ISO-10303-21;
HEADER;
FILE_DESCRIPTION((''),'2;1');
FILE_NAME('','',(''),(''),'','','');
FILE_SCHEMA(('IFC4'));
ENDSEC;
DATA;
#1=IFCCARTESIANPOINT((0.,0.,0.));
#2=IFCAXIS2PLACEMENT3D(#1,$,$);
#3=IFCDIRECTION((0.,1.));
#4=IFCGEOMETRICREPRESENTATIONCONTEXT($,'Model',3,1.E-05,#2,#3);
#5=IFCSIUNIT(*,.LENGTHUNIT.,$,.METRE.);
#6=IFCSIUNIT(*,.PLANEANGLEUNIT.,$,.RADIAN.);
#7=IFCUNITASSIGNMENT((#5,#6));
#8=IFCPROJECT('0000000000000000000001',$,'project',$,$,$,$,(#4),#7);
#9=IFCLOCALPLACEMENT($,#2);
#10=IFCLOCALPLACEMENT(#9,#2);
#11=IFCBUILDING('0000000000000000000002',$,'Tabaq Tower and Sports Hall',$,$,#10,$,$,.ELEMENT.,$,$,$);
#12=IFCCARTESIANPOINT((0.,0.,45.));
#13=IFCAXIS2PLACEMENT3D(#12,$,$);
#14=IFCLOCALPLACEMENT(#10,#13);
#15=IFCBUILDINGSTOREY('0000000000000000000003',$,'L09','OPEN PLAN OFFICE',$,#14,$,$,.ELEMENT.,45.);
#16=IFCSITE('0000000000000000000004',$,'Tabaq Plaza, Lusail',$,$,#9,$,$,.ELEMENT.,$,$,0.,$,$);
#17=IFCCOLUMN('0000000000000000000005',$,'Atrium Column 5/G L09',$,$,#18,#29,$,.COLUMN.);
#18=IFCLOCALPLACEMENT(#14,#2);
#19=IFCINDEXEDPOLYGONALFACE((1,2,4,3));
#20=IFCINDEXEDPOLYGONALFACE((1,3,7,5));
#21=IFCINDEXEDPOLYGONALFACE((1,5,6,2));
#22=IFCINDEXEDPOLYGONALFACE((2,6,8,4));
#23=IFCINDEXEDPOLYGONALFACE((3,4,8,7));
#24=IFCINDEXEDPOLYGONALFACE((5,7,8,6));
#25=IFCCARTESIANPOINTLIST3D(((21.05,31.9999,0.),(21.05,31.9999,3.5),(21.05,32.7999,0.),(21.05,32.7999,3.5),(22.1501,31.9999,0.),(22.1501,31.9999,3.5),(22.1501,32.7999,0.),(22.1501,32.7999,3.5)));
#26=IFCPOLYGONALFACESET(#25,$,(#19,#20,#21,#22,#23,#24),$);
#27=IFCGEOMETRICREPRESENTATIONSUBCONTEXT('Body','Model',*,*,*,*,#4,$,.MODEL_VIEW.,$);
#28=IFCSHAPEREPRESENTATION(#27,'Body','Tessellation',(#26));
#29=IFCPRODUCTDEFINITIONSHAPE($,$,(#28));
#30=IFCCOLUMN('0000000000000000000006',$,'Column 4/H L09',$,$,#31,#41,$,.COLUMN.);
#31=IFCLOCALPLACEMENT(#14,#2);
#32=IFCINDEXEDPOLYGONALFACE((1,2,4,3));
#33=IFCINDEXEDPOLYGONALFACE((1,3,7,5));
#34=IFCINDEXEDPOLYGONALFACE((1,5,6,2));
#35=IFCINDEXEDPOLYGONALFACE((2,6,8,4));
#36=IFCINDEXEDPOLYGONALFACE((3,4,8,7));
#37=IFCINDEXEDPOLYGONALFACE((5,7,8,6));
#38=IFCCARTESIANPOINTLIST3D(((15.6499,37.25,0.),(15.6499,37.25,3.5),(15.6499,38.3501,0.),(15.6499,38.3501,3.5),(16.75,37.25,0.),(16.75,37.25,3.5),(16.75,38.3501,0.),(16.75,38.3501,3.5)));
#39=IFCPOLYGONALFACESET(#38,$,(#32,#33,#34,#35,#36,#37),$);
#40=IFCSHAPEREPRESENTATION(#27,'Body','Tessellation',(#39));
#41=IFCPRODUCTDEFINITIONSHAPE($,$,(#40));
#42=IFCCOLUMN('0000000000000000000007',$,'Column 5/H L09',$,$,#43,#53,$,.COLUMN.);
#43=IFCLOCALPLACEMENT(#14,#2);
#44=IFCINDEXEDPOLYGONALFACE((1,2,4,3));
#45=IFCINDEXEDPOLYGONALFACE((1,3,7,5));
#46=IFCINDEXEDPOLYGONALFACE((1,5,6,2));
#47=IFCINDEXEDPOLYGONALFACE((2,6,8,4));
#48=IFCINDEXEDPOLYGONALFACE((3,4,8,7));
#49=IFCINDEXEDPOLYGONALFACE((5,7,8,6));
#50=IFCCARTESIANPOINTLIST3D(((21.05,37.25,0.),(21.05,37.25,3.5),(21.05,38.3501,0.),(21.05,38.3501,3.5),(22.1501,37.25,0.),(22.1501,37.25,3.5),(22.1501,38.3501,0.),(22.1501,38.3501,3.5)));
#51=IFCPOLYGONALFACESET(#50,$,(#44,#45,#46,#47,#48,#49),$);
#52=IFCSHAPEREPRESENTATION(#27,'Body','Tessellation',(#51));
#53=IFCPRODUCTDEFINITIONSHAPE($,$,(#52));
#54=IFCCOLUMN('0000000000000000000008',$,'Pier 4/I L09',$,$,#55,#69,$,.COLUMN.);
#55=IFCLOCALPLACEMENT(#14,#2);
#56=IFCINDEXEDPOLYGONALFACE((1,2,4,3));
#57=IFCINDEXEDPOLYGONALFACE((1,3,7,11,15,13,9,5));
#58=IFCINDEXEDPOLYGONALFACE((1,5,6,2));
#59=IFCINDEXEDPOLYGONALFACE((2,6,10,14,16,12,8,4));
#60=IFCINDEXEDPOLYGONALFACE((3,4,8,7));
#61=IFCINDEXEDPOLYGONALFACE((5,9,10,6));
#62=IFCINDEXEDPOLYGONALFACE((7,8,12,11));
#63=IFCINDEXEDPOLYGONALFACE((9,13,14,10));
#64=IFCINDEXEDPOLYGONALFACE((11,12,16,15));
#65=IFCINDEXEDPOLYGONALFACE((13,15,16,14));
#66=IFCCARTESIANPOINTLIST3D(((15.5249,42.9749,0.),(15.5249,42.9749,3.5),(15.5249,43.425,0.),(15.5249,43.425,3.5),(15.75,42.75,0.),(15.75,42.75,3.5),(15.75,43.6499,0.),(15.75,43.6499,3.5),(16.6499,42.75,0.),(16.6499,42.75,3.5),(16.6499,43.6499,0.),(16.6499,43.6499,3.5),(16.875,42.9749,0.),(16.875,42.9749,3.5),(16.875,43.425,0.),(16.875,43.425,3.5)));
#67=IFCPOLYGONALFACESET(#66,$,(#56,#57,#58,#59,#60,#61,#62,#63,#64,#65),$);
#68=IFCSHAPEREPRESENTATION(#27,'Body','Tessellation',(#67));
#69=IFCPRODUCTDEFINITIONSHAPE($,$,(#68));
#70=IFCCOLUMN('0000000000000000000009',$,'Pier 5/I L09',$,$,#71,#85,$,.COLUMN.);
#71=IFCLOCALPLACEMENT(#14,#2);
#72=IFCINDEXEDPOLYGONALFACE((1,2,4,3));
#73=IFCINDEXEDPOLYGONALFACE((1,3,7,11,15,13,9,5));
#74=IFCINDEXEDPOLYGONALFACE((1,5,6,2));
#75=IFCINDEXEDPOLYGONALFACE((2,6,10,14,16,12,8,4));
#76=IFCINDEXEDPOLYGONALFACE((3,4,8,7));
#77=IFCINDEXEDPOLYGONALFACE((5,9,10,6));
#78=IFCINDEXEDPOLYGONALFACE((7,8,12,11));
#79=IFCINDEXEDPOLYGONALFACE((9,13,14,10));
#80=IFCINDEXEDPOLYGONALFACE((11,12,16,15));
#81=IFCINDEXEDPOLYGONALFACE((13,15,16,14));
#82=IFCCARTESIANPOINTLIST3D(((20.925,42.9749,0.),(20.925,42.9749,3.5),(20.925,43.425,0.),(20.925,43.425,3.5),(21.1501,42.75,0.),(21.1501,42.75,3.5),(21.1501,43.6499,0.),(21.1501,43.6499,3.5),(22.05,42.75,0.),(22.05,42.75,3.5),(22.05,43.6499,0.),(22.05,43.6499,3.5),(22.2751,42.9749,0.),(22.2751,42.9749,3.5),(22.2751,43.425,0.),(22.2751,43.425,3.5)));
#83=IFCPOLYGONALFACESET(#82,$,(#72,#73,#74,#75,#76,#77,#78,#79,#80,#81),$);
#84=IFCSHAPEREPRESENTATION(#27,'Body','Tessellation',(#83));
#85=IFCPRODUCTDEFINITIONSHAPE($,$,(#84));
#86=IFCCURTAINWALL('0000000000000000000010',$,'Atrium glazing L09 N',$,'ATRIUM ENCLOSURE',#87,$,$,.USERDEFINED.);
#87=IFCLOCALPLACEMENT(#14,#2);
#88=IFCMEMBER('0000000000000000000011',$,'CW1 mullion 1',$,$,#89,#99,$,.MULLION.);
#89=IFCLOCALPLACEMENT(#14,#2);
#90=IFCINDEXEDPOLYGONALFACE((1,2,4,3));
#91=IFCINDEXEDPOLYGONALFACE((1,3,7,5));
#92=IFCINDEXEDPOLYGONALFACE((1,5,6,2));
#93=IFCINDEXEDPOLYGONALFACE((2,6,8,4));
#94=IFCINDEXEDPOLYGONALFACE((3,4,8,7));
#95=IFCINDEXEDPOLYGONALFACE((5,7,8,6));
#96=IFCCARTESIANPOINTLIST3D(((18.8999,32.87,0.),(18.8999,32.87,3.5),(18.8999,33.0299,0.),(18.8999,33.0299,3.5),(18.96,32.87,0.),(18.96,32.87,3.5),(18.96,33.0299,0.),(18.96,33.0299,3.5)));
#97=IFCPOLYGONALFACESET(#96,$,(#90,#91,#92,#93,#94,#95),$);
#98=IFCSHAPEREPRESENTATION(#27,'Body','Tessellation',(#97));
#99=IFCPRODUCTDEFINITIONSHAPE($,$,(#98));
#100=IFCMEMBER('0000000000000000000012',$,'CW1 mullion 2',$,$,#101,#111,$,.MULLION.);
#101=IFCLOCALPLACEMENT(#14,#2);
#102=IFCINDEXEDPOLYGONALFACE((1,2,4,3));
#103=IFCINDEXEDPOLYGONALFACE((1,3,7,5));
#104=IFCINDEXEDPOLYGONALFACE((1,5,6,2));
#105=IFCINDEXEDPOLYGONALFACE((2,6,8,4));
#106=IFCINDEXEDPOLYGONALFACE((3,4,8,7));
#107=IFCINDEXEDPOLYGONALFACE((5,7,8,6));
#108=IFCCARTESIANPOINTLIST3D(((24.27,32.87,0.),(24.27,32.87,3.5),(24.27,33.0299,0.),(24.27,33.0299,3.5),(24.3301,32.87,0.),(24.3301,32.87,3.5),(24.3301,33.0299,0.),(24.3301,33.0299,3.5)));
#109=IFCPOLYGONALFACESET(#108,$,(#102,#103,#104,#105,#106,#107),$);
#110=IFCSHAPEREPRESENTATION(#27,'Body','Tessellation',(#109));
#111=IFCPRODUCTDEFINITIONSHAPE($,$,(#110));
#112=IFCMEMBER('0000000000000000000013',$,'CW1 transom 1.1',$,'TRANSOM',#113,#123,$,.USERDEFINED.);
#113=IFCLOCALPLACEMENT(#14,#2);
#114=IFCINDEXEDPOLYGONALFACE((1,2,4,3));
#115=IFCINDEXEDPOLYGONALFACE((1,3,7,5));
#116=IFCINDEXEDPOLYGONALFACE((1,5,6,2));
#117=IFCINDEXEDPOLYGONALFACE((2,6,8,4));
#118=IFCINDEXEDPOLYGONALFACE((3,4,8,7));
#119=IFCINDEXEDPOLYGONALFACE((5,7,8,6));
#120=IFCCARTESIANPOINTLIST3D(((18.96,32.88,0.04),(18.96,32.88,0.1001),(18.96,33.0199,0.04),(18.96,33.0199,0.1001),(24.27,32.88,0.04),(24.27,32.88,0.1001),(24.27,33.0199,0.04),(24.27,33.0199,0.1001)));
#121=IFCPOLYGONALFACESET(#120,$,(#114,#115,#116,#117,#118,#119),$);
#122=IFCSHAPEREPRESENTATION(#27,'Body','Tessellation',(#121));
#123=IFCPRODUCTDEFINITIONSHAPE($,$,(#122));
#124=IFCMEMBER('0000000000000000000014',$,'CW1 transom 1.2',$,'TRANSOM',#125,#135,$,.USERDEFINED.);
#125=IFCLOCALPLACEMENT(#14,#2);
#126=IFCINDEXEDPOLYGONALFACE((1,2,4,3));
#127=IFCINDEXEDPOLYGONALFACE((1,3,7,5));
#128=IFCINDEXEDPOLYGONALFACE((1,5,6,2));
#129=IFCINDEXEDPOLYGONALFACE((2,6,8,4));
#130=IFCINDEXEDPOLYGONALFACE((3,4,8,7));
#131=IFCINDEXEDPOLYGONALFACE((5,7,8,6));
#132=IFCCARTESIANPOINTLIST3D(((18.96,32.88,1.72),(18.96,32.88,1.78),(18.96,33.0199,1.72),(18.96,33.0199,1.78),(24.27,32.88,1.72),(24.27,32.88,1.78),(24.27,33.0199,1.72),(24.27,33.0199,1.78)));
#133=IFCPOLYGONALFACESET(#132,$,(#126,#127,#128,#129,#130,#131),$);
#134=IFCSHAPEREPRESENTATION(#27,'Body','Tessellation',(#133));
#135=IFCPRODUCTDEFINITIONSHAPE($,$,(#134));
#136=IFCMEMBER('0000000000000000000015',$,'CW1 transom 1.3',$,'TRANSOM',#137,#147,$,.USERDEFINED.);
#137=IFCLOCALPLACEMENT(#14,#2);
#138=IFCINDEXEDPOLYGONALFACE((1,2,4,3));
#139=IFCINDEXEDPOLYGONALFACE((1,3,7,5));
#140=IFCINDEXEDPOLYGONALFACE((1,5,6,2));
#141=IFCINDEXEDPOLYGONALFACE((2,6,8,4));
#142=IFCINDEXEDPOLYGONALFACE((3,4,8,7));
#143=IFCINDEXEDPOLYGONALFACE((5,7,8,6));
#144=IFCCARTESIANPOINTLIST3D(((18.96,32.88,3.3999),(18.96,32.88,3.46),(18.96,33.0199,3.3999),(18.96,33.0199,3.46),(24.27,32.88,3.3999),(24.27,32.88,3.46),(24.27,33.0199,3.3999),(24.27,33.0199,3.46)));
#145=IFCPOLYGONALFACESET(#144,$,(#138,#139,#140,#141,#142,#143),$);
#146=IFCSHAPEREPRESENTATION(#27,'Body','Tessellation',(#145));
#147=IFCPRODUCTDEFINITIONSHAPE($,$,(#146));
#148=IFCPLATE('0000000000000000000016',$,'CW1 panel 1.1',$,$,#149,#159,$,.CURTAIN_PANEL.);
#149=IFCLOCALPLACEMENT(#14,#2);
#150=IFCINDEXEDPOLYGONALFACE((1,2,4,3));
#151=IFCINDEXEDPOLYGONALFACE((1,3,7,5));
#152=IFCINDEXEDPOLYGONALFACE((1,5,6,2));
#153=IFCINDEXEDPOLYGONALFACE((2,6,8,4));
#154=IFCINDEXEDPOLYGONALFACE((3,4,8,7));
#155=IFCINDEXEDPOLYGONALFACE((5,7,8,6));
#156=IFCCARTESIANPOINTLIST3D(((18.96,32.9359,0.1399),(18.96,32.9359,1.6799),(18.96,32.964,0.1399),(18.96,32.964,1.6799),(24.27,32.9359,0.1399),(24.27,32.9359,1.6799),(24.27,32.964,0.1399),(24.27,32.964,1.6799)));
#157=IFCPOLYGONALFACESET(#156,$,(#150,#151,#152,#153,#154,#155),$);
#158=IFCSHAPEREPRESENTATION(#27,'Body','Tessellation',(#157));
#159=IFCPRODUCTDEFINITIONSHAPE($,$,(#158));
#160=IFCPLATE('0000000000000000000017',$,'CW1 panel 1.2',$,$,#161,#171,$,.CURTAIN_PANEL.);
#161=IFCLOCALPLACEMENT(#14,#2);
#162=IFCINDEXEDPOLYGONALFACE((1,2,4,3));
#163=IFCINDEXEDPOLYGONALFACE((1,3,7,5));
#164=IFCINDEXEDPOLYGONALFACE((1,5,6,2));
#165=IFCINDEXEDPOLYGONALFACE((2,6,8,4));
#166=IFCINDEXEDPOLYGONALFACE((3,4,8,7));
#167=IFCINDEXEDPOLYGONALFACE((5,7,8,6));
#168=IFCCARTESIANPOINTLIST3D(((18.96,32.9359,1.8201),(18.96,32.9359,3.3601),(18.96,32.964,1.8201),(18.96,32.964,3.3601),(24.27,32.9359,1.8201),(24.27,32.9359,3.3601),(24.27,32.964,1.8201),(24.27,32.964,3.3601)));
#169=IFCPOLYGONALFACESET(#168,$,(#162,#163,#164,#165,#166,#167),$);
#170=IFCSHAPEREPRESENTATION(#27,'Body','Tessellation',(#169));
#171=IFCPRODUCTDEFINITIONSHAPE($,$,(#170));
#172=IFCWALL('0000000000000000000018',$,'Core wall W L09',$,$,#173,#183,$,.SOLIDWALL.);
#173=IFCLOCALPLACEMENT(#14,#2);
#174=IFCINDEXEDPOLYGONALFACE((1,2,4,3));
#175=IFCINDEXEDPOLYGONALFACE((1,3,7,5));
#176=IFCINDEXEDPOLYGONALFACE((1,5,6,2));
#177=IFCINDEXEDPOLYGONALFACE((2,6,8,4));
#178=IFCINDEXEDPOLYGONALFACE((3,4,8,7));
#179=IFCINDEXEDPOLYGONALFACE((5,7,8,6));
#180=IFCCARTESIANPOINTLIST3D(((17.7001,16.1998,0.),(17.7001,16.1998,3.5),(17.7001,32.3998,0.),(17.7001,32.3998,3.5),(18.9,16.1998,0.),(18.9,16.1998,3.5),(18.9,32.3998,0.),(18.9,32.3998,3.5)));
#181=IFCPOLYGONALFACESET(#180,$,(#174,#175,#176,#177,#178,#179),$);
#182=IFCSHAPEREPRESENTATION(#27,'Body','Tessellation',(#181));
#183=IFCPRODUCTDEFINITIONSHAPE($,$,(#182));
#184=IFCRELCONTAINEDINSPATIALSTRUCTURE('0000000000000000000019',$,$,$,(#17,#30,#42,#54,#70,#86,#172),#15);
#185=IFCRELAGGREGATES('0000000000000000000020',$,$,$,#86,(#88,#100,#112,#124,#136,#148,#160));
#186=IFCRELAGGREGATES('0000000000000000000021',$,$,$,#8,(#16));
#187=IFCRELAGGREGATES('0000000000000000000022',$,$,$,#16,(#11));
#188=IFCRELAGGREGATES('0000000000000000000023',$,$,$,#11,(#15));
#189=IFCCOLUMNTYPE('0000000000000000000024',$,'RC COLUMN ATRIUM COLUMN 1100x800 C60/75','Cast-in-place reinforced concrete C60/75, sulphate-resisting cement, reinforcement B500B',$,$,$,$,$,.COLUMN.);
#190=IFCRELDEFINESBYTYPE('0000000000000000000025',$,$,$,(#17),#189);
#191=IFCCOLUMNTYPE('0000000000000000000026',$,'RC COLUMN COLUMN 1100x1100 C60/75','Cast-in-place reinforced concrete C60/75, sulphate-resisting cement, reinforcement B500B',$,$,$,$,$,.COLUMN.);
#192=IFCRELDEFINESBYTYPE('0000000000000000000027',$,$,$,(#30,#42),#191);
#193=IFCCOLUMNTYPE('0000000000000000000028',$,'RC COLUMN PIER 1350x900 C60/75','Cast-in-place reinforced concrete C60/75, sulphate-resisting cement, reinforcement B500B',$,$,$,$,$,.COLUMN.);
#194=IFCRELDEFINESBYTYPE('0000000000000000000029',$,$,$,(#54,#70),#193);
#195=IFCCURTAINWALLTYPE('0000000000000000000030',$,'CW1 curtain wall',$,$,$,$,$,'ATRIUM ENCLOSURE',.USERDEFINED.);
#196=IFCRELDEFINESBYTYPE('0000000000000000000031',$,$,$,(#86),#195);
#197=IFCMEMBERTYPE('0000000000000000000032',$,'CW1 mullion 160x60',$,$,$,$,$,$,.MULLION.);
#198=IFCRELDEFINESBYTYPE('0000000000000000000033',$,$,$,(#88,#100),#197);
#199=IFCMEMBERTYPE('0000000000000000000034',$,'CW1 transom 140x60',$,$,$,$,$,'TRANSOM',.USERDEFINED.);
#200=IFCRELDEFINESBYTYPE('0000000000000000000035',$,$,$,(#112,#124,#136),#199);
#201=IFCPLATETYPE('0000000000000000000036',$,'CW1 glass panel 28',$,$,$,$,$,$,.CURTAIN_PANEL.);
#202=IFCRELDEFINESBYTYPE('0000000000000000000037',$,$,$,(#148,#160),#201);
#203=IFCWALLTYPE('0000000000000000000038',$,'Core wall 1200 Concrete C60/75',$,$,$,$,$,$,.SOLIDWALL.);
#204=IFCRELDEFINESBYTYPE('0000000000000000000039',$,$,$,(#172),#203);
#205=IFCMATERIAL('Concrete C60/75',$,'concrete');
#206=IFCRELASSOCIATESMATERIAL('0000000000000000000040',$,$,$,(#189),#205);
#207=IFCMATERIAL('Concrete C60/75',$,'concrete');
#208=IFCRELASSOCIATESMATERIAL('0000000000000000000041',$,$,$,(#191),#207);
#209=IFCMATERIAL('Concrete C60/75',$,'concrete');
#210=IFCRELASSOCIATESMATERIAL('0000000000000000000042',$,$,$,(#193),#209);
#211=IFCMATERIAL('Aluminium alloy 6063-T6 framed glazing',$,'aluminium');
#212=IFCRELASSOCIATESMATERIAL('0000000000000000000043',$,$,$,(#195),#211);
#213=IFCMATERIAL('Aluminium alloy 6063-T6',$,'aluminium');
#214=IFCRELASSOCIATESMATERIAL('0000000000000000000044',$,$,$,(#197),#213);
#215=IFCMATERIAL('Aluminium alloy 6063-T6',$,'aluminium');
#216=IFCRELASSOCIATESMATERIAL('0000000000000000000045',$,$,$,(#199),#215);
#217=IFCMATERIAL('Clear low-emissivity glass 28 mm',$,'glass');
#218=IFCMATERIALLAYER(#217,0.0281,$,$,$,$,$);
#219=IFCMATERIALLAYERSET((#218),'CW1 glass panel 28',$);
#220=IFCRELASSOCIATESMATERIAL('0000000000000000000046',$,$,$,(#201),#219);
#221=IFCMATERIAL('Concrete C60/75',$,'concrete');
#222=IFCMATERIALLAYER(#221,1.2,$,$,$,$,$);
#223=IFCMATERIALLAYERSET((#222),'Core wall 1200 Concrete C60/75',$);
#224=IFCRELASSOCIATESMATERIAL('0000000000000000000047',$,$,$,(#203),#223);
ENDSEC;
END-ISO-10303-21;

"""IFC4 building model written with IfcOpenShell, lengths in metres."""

from ifc_helpers import new_model, si_unit, direction, frame, frame_2d, origin, origin_2d, place, context, subcontext, project, spatial, polyline, rectangle, outline, extrude, material, layer, layer_set, material_profile, profile_set, type_object, element, aggregate, save


model = new_model("IFC4")

# Units and contexts
model_context = context("Model", 3, precision=1e-05, world=origin(), true_north=direction((0.0, 1.0)))
body_context = subcontext(model_context, "Body", "Model", "MODEL_VIEW")
ifc_project = project(units=[si_unit("LENGTHUNIT", "METRE"), si_unit("PLANEANGLEUNIT", "RADIAN")], contexts=[model_context])

# Site, building, storey
site_placement = place(None, origin())
site = spatial("IfcSite", under=ifc_project, at=site_placement, Name="Tabaq Plaza, Lusail", CompositionType="ELEMENT", RefElevation=0.0)
building_placement = place(site_placement, origin())
building = spatial("IfcBuilding", under=site, at=building_placement, Name="Tabaq Tower and Sports Hall", CompositionType="ELEMENT")
storey_placement = place(building_placement, frame((0.0, 0.0, 45.0)))
storey = spatial("IfcBuildingStorey", under=building, at=storey_placement, Name="L09", Description="OPEN PLAN OFFICE", CompositionType="ELEMENT", Elevation=45.0)

# Columns
ifc_material_1 = material(Name="Concrete C60/75", Category="concrete")
ifc_material_profile_1 = material_profile(ifc_material_1, rectangle(XDim=1.1001, YDim=0.8, at=origin_2d()), Name="ATRIUM COLUMN 1100x800")
ifc_profile_set_1 = profile_set([ifc_material_profile_1], Name="Concrete C60/75")
column_type_1 = type_object("IfcColumnType", Name="RC COLUMN ATRIUM COLUMN 1100x800 C60/75", Description="Cast-in-place reinforced concrete C60/75, sulphate-resisting cement, reinforcement B500B", PredefinedType="COLUMN", material=ifc_profile_set_1)
column_placement = place(storey_placement, frame((21.6001, 32.3999, 0.0), z_axis=(0.0, 0.0, 1.0), x_axis=(1.0, 0.0, 0.0)))
element("IfcColumn", 1, at=column_placement, inside=storey, type_object=column_type_1, Name="Atrium Column 5/G L09", PredefinedType="COLUMN", context=body_context, shape_type="SweptSolid", body=[
    extrude(rectangle(XDim=1.1001, YDim=0.8, at=origin_2d()), origin(), (0.0, 0.0, 1.0), 3.5),
])
ifc_material_2 = material(Name="Concrete C60/75", Category="concrete")
ifc_material_profile_2 = material_profile(ifc_material_2, rectangle(XDim=1.1001, YDim=1.1001, at=origin_2d()), Name="COLUMN 1100x1100")
ifc_profile_set_2 = profile_set([ifc_material_profile_2], Name="Concrete C60/75")
column_type_2 = type_object("IfcColumnType", Name="RC COLUMN COLUMN 1100x1100 C60/75", Description="Cast-in-place reinforced concrete C60/75, sulphate-resisting cement, reinforcement B500B", PredefinedType="COLUMN", material=ifc_profile_set_2)
for number, where, z_axis, x_axis, name in (
    (2, (16.2, 37.8, 0.0), (0.0, 0.0, 1.0), (1.0, 0.0, 0.0), "Column 4/H L09"),
    (3, (21.6001, 37.8, 0.0), (0.0, 0.0, 1.0), (1.0, 0.0, 0.0), "Column 5/H L09"),
):
    element("IfcColumn", number, at=place(storey_placement, frame(where, z_axis=z_axis, x_axis=x_axis)), inside=storey, type_object=column_type_2, Name=name, PredefinedType="COLUMN", context=body_context, shape_type="SweptSolid", body=[
        extrude(rectangle(XDim=1.1001, YDim=1.1001, at=origin_2d()), origin(), (0.0, 0.0, 1.0), 3.5),
    ])
ifc_material_3 = material(Name="Concrete C60/75", Category="concrete")
ifc_material_profile_3 = material_profile(ifc_material_3, outline(polyline([(-0.45, -0.45), (0.45, -0.45), (0.675, -0.2251), (0.675, 0.2251), (0.45, 0.45), (-0.45, 0.45), (-0.675, 0.2251), (-0.675, -0.2251), (-0.45, -0.45)])), Name="PIER 1350x900")
ifc_profile_set_3 = profile_set([ifc_material_profile_3], Name="Concrete C60/75")
column_type_3 = type_object("IfcColumnType", Name="RC COLUMN PIER 1350x900 C60/75", Description="Cast-in-place reinforced concrete C60/75, sulphate-resisting cement, reinforcement B500B", PredefinedType="COLUMN", material=ifc_profile_set_3)
for number, where, z_axis, x_axis, name in (
    (4, (16.2, 43.2, 0.0), (0.0, 0.0, 1.0), (1.0, 0.0, 0.0), "Pier 4/I L09"),
    (5, (21.6001, 43.2, 0.0), (0.0, 0.0, 1.0), (1.0, 0.0, 0.0), "Pier 5/I L09"),
):
    element("IfcColumn", number, at=place(storey_placement, frame(where, z_axis=z_axis, x_axis=x_axis)), inside=storey, type_object=column_type_3, Name=name, PredefinedType="COLUMN", context=body_context, shape_type="SweptSolid", body=[
        extrude(outline(polyline([(-0.45, -0.45), (0.45, -0.45), (0.675, -0.2251), (0.675, 0.2251), (0.45, 0.45), (-0.45, 0.45), (-0.675, 0.2251), (-0.675, -0.2251), (-0.45, -0.45)])), origin(), (0.0, 0.0, 1.0), 3.5),
    ])

# Curtain wall, members, plates
ifc_material_4 = material(Name="Aluminium alloy 6063-T6 framed glazing", Category="aluminium")
curtain_wall_type = type_object("IfcCurtainWallType", Name="CW1 curtain wall", ElementType="ATRIUM ENCLOSURE", PredefinedType="USERDEFINED", material=ifc_material_4)
curtain_wall_placement = place(storey_placement, origin())
curtain_wall = element("IfcCurtainWall", 6, at=curtain_wall_placement, inside=storey, type_object=curtain_wall_type, Name="Atrium glazing L09 N", ObjectType="ATRIUM ENCLOSURE", PredefinedType="USERDEFINED")
ifc_material_5 = material(Name="Aluminium alloy 6063-T6", Category="aluminium")
ifc_material_profile_4 = material_profile(ifc_material_5, rectangle(XDim=0.1599, YDim=0.0601, at=origin_2d()), Name="MULLION 160x60")
ifc_profile_set_4 = profile_set([ifc_material_profile_4], Name="Aluminium alloy 6063-T6")
member_type_1 = type_object("IfcMemberType", Name="CW1 mullion 160x60", PredefinedType="MULLION", material=ifc_profile_set_4)
member_1_placement = place(storey_placement, frame((18.9299, 32.95, 0.0), z_axis=(0.0, 0.0, 1.0), x_axis=(0.0, 1.0, 0.0)))
member_1 = element("IfcMember", 7, at=member_1_placement, type_object=member_type_1, Name="CW1 mullion 1", PredefinedType="MULLION", context=body_context, shape_type="SweptSolid", body=[
    extrude(rectangle(XDim=0.1599, YDim=0.0601, at=origin_2d()), origin(), (0.0, 0.0, 1.0), 3.5),
])
member_2_placement = place(storey_placement, frame((24.3, 32.95, 0.0), z_axis=(0.0, 0.0, 1.0), x_axis=(0.0, 1.0, 0.0)))
member_2 = element("IfcMember", 8, at=member_2_placement, type_object=member_type_1, Name="CW1 mullion 2", PredefinedType="MULLION", context=body_context, shape_type="SweptSolid", body=[
    extrude(rectangle(XDim=0.1599, YDim=0.0601, at=origin_2d()), origin(), (0.0, 0.0, 1.0), 3.5),
])
ifc_material_6 = material(Name="Aluminium alloy 6063-T6", Category="aluminium")
ifc_material_profile_5 = material_profile(ifc_material_6, rectangle(XDim=0.1399, YDim=0.0601, at=origin_2d()), Name="TRANSOM 140x60")
ifc_profile_set_5 = profile_set([ifc_material_profile_5], Name="Aluminium alloy 6063-T6")
member_type_2 = type_object("IfcMemberType", Name="CW1 transom 140x60", ElementType="TRANSOM", PredefinedType="USERDEFINED", material=ifc_profile_set_5)
member_3_placement = place(storey_placement, frame((18.96, 32.95, 0.0701), z_axis=(1.0, 0.0, 0.0), x_axis=(0.0, 1.0, 0.0)))
member_3 = element("IfcMember", 9, at=member_3_placement, type_object=member_type_2, Name="CW1 transom 1.1", ObjectType="TRANSOM", PredefinedType="USERDEFINED", context=body_context, shape_type="SweptSolid", body=[
    extrude(rectangle(XDim=0.1399, YDim=0.0601, at=origin_2d()), origin(), (0.0, 0.0, 1.0), 5.3101),
])
member_4_placement = place(storey_placement, frame((18.96, 32.95, 1.75), z_axis=(1.0, 0.0, 0.0), x_axis=(0.0, 1.0, 0.0)))
member_4 = element("IfcMember", 10, at=member_4_placement, type_object=member_type_2, Name="CW1 transom 1.2", ObjectType="TRANSOM", PredefinedType="USERDEFINED", context=body_context, shape_type="SweptSolid", body=[
    extrude(rectangle(XDim=0.1399, YDim=0.0601, at=origin_2d()), origin(), (0.0, 0.0, 1.0), 5.3101),
])
member_5_placement = place(storey_placement, frame((18.96, 32.95, 3.4299), z_axis=(1.0, 0.0, 0.0), x_axis=(0.0, 1.0, 0.0)))
member_5 = element("IfcMember", 11, at=member_5_placement, type_object=member_type_2, Name="CW1 transom 1.3", ObjectType="TRANSOM", PredefinedType="USERDEFINED", context=body_context, shape_type="SweptSolid", body=[
    extrude(rectangle(XDim=0.1399, YDim=0.0601, at=origin_2d()), origin(), (0.0, 0.0, 1.0), 5.3101),
])
ifc_material_7 = material(Name="Clear low-emissivity glass 28 mm", Category="glass")
ifc_layer_1 = layer(ifc_material_7, 0.0281)
ifc_layer_set_1 = layer_set([ifc_layer_1], Name="CW1 glass panel 28")
plate_type = type_object("IfcPlateType", Name="CW1 glass panel 28", PredefinedType="CURTAIN_PANEL", material=ifc_layer_set_1)
plate_1_placement = place(storey_placement, frame((21.615, 32.95, 0.1399), z_axis=(0.0, 0.0, 1.0), x_axis=(1.0, 0.0, 0.0)))
plate_1 = element("IfcPlate", 12, at=plate_1_placement, type_object=plate_type, Name="CW1 panel 1.1", PredefinedType="CURTAIN_PANEL", context=body_context, shape_type="SweptSolid", body=[
    extrude(rectangle(XDim=5.3101, YDim=0.0281, at=origin_2d()), origin(), (0.0, 0.0, 1.0), 1.54),
])
plate_2_placement = place(storey_placement, frame((21.615, 32.95, 1.8201), z_axis=(0.0, 0.0, 1.0), x_axis=(1.0, 0.0, 0.0)))
plate_2 = element("IfcPlate", 13, at=plate_2_placement, type_object=plate_type, Name="CW1 panel 1.2", PredefinedType="CURTAIN_PANEL", context=body_context, shape_type="SweptSolid", body=[
    extrude(rectangle(XDim=5.3101, YDim=0.0281, at=origin_2d()), origin(), (0.0, 0.0, 1.0), 1.54),
])
aggregate(curtain_wall, [member_1, member_2, member_3, member_4, member_5, plate_1, plate_2])

# Wall
ifc_material_8 = material(Name="Concrete C60/75", Category="concrete")
ifc_layer_2 = layer(ifc_material_8, 1.2)
ifc_layer_set_2 = layer_set([ifc_layer_2], Name="Core wall 1200 Concrete C60/75")
wall_type_1 = type_object("IfcWallType", Name="Core wall 1200 Concrete C60/75", PredefinedType="SOLIDWALL", material=ifc_layer_set_2)
wall_1_placement = place(storey_placement, frame((18.3, 32.3999, 0.0), z_axis=(0.0, 0.0, 1.0), x_axis=(0.0, -1.0, 0.0)))
element("IfcWall", 14, at=wall_1_placement, inside=storey, type_object=wall_type_1, Name="Core wall W L09", PredefinedType="SOLIDWALL", context=body_context, shape_type="SweptSolid", body=[
    extrude(rectangle(XDim=16.2, YDim=1.2, at=frame_2d((8.1001, 0.0))), origin(), (0.0, 0.0, 1.0), 3.5),
])

save(model, "model.ifc")
